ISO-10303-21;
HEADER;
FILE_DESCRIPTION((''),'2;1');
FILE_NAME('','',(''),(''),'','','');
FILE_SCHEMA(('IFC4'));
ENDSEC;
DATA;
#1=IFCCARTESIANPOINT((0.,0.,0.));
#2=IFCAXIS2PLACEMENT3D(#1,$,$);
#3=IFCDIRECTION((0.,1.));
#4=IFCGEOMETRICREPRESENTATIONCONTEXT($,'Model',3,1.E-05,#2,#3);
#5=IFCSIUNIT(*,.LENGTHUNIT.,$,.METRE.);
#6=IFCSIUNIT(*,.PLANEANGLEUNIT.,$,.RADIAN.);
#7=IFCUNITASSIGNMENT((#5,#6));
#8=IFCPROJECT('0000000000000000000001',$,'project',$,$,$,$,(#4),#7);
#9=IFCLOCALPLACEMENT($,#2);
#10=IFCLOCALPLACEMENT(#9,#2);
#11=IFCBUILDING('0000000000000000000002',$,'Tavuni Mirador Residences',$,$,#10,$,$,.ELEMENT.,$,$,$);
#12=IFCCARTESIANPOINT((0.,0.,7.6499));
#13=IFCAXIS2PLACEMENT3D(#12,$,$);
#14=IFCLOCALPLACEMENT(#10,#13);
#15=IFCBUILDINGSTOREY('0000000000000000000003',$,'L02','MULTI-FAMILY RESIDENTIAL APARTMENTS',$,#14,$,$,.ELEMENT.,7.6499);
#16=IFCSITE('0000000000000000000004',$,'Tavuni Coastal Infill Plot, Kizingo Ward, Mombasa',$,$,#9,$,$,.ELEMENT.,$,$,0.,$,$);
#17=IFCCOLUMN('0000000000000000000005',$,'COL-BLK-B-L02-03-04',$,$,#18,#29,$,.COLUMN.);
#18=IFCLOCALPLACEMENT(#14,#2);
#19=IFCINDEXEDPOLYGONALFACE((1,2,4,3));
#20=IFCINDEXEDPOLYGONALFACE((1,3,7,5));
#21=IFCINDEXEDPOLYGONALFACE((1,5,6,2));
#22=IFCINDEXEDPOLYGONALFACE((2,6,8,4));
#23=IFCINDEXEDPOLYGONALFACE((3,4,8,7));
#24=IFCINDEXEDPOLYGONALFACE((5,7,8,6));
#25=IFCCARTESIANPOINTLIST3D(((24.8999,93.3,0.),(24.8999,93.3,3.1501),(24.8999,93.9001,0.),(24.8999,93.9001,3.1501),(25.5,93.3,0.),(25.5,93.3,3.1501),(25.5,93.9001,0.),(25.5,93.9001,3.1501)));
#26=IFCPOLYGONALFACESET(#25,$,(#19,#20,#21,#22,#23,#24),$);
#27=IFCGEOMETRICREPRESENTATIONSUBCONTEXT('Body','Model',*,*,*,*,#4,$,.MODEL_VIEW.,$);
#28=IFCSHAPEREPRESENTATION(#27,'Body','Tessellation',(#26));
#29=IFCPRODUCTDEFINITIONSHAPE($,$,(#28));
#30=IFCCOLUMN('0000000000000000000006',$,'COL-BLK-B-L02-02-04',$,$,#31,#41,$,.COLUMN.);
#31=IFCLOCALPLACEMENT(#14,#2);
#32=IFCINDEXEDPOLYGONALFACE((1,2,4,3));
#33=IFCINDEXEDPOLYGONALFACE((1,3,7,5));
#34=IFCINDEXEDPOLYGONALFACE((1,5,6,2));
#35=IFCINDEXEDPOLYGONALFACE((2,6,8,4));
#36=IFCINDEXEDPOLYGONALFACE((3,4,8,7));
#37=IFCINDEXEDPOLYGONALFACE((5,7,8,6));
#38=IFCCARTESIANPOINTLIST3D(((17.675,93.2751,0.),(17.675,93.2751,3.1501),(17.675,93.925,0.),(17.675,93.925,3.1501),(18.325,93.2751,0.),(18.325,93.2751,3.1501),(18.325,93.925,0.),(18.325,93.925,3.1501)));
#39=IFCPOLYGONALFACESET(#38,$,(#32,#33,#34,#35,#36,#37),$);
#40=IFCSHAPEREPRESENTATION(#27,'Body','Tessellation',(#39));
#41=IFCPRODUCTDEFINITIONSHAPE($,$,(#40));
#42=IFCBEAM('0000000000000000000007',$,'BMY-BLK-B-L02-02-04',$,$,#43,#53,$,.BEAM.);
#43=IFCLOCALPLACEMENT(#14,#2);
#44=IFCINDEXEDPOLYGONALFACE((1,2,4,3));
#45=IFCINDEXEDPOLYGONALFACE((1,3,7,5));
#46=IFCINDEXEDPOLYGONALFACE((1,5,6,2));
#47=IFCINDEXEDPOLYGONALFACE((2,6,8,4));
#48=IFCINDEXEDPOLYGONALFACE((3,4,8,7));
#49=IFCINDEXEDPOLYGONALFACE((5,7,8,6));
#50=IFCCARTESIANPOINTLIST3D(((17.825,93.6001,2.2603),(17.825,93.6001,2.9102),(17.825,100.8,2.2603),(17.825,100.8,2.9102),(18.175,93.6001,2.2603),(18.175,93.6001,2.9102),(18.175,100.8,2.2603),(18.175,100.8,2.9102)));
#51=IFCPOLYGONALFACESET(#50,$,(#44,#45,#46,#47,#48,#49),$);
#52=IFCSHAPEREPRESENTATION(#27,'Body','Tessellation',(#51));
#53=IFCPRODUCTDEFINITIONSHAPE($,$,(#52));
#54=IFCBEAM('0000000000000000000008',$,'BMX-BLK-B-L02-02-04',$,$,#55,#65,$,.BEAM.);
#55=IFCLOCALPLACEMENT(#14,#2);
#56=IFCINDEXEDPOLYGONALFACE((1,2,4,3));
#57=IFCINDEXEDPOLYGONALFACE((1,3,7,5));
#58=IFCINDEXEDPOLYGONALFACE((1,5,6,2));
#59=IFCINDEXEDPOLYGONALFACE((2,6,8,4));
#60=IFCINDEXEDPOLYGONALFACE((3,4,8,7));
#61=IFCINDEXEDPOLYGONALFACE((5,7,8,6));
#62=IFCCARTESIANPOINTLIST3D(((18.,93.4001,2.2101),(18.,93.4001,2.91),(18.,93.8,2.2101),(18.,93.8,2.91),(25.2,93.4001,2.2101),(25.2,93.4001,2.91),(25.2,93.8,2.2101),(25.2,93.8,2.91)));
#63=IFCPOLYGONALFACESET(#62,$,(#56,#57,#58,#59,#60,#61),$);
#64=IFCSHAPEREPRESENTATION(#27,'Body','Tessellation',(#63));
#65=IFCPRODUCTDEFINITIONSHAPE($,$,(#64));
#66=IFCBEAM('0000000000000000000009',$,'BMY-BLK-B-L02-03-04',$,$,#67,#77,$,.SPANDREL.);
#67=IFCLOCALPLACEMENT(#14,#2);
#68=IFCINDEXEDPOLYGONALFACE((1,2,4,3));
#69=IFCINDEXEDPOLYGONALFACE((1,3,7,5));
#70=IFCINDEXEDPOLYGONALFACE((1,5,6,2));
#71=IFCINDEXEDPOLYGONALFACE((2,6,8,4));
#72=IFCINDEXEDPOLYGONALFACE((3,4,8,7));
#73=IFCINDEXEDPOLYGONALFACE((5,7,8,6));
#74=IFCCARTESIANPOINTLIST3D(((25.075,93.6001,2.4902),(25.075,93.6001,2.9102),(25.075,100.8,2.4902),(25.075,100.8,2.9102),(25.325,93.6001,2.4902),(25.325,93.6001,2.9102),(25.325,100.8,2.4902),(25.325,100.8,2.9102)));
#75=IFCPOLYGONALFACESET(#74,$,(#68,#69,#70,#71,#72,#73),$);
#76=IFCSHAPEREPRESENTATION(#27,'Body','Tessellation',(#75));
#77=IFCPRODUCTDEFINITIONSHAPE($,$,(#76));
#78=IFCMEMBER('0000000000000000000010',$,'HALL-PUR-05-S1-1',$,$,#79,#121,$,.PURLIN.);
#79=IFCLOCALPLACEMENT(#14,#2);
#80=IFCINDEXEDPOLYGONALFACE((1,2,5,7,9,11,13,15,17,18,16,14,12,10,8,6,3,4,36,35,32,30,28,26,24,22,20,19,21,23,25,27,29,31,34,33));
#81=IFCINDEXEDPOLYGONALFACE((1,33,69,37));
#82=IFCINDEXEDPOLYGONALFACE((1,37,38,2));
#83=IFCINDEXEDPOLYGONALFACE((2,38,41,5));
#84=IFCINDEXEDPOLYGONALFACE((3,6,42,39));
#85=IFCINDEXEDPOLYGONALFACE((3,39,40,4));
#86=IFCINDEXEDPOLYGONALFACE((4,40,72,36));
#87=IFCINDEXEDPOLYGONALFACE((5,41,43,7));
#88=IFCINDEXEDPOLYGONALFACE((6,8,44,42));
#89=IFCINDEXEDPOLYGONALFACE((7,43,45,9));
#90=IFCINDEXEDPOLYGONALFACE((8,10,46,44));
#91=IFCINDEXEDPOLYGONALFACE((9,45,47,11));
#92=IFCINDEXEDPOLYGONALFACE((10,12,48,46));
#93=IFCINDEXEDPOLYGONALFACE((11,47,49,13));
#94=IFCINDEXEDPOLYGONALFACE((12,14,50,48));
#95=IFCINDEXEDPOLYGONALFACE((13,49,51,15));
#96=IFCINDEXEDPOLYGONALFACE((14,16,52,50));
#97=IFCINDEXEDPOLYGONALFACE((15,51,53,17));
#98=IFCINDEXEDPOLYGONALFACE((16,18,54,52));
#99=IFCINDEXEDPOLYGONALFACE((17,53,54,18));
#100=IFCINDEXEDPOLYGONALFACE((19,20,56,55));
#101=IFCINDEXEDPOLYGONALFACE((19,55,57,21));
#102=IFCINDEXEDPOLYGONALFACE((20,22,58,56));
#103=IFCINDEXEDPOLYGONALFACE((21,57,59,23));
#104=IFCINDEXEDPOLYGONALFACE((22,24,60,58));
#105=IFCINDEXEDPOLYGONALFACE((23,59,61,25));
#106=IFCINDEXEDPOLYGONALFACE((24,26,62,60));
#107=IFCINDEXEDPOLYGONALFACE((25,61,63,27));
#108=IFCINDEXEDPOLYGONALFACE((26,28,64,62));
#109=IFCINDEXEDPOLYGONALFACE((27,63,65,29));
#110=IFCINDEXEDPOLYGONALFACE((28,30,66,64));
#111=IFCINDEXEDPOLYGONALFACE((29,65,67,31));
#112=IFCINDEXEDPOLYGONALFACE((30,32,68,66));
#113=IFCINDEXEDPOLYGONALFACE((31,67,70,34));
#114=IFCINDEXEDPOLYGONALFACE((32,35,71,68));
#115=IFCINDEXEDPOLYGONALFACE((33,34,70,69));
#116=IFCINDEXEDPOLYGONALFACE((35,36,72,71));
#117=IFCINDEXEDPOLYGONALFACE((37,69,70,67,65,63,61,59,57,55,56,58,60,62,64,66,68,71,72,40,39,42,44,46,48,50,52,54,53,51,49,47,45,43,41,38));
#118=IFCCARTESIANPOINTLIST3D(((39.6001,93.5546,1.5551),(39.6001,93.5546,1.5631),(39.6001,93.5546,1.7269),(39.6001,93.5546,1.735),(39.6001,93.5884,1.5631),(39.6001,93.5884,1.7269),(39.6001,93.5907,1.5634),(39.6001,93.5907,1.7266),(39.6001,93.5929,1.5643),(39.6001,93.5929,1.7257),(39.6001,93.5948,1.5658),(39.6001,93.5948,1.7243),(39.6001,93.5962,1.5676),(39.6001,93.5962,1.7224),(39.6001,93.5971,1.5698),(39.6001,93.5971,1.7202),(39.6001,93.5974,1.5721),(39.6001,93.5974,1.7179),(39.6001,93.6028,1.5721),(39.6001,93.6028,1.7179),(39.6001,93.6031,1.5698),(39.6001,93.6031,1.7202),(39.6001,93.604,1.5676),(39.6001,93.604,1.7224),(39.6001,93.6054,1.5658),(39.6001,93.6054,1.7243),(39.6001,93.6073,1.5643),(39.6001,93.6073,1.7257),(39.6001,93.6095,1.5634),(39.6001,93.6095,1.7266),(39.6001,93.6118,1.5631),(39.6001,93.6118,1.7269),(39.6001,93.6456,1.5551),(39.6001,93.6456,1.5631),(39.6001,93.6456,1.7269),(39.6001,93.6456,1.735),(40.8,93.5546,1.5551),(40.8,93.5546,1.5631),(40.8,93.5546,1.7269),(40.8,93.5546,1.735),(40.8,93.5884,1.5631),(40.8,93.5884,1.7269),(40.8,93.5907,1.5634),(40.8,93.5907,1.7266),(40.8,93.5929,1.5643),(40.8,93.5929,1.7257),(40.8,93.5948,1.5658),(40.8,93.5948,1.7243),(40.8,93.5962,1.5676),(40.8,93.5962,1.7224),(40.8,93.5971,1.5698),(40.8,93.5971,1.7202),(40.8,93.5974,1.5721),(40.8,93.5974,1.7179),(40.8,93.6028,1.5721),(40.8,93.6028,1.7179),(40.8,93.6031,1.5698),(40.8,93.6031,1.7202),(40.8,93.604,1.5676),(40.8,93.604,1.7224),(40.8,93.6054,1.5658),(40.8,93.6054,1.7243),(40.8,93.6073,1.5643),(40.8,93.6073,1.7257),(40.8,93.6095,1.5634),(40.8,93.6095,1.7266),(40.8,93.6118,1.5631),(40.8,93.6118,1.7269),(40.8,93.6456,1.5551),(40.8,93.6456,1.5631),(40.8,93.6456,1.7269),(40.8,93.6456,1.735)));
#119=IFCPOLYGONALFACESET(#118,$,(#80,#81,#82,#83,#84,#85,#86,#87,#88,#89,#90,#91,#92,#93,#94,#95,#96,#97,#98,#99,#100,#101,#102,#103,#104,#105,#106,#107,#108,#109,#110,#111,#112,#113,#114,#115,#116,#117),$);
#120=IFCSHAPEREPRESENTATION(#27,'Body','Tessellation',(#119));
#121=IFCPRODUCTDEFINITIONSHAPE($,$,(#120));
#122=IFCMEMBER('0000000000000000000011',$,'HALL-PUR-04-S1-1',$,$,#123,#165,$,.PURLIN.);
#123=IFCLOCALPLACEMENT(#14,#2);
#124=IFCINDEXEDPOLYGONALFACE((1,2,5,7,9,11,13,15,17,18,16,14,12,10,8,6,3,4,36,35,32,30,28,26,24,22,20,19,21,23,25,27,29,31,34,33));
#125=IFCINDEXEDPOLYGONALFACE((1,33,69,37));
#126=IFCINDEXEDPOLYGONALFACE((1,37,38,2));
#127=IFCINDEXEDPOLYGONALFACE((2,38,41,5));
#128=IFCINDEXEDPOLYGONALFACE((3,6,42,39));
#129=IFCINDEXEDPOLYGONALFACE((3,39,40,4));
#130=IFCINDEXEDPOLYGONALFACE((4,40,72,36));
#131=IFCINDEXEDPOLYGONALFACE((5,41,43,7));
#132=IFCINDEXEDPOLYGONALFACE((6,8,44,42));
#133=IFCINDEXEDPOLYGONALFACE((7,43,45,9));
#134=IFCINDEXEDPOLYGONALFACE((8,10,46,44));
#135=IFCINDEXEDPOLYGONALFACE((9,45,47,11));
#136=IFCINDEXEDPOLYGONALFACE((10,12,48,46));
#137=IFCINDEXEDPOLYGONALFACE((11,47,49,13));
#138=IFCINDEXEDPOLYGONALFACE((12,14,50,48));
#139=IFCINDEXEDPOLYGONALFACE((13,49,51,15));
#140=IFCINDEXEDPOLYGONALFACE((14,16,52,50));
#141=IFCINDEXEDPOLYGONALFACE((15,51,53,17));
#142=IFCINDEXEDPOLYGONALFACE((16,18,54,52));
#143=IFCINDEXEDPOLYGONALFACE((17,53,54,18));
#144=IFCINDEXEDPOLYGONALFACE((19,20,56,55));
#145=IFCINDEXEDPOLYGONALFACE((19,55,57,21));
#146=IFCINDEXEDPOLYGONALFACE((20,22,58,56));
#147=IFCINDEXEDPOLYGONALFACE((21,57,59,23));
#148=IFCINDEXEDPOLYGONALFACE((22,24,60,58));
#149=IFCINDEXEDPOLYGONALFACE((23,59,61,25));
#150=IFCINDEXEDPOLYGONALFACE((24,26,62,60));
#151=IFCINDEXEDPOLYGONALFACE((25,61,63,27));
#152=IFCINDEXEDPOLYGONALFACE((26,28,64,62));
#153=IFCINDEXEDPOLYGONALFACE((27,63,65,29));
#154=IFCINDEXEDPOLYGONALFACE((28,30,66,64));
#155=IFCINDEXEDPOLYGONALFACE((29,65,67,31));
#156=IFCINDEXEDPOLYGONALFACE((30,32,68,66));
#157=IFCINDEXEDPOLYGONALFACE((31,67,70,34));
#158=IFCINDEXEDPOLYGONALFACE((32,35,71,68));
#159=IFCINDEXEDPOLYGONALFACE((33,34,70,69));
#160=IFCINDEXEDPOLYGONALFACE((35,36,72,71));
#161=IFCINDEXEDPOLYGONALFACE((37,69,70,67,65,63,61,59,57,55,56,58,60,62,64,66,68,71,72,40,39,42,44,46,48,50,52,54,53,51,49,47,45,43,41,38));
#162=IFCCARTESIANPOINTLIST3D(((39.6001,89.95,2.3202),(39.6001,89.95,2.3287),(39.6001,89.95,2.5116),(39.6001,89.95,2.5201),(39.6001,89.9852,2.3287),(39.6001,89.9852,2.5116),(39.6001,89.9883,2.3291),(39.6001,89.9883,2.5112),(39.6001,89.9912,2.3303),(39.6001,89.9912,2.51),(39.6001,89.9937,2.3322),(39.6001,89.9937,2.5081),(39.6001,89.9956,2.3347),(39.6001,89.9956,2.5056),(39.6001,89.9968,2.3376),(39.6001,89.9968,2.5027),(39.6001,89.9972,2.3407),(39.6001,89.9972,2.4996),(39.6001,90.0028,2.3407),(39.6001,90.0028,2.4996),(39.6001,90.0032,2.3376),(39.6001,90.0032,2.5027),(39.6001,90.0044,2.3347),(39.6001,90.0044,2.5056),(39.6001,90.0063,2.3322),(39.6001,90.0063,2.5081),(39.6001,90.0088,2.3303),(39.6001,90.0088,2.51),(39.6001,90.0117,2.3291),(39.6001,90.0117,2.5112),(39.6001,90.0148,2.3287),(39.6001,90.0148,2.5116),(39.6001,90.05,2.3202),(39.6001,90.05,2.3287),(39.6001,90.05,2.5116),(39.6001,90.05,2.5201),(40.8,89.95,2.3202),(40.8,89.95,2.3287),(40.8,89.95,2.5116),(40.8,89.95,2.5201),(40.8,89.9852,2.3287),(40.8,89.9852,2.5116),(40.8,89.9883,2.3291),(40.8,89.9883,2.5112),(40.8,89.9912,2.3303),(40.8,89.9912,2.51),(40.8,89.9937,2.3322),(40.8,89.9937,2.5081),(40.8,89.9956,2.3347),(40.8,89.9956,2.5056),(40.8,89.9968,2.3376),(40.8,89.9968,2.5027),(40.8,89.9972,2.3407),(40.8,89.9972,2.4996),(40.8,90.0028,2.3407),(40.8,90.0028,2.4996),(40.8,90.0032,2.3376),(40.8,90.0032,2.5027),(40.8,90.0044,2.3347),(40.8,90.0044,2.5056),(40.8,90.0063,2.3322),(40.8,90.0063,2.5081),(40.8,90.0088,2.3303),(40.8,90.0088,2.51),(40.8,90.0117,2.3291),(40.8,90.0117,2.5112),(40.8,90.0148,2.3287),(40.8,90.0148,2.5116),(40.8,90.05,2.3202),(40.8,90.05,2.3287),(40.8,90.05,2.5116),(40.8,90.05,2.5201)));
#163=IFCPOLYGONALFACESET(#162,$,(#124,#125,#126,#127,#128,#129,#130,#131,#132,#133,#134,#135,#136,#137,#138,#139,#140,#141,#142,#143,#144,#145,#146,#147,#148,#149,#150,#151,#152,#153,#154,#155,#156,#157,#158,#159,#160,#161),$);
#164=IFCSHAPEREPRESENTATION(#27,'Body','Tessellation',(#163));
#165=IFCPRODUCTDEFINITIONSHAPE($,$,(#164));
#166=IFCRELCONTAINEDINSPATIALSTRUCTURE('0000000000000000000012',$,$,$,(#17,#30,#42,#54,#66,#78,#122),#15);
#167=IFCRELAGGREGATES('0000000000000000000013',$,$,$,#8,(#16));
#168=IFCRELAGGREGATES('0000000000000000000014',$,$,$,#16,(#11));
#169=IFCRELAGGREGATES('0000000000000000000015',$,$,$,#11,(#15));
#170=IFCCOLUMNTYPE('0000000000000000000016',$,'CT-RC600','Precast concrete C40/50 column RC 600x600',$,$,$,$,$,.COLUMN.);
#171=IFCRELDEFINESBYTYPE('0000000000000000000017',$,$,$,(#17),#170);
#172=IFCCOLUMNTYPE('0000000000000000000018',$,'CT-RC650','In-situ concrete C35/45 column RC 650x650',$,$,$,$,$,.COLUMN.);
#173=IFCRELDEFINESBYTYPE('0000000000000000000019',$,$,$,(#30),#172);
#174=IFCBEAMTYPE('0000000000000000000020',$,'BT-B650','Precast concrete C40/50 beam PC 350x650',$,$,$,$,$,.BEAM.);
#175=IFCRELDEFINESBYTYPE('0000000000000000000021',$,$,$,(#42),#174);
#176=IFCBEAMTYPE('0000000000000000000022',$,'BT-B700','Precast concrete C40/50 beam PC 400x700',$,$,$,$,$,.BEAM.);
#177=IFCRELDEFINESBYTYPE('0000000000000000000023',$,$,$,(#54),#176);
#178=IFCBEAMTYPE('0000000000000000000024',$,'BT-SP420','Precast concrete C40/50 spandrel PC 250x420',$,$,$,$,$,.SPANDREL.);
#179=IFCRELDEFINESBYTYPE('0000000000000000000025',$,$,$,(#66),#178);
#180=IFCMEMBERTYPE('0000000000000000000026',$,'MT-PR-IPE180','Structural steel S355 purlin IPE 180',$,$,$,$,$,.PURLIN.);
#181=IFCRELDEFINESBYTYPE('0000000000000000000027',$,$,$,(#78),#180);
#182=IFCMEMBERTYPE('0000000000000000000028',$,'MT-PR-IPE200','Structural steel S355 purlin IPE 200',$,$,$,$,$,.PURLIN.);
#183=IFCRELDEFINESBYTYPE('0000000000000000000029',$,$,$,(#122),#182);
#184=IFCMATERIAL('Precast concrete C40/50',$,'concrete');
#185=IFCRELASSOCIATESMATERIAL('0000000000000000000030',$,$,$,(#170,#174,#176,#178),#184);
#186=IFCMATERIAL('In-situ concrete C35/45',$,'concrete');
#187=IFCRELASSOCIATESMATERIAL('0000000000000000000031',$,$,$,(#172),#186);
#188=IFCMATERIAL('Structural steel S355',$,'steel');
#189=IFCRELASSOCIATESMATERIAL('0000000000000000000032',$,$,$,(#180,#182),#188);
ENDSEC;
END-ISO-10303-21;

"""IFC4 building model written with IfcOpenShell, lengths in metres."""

from ifc_helpers import new_model, si_unit, direction, frame, origin, origin_2d, place, context, subcontext, project, spatial, rectangle, i_section, extrude, material, material_profile, profile_set, type_object, element, save


model = new_model("IFC4")

# Units and contexts
model_context = context("Model", 3, precision=1e-05, world=origin(), true_north=direction((0.0, 1.0)))
body_context = subcontext(model_context, "Body", "Model", "MODEL_VIEW")
ifc_project = project(units=[si_unit("LENGTHUNIT", "METRE"), si_unit("PLANEANGLEUNIT", "RADIAN")], contexts=[model_context])

# Site, building, storey
site_placement = place(None, origin())
site = spatial("IfcSite", under=ifc_project, at=site_placement, Name="Tavuni Coastal Infill Plot, Kizingo Ward, Mombasa", CompositionType="ELEMENT", RefElevation=0.0)
building_placement = place(site_placement, origin())
building = spatial("IfcBuilding", under=site, at=building_placement, Name="Tavuni Mirador Residences", CompositionType="ELEMENT")
storey_placement = place(building_placement, frame((0.0, 0.0, 7.6499)))
storey = spatial("IfcBuildingStorey", under=building, at=storey_placement, Name="L02", Description="MULTI-FAMILY RESIDENTIAL APARTMENTS", CompositionType="ELEMENT", Elevation=7.6499)

# Columns
ifc_material_1 = material(Name="Precast concrete C40/50", Category="concrete")
ifc_material_profile_1 = material_profile(ifc_material_1, rectangle(XDim=0.6001, YDim=0.6001, at=origin_2d()), Name="RC 600x600", Category="concrete")
ifc_profile_set_1 = profile_set([ifc_material_profile_1], Name="Precast concrete C40/50")
column_type_1 = type_object("IfcColumnType", Name="CT-RC600", Description="Precast concrete C40/50 column RC 600x600", PredefinedType="COLUMN", material=ifc_profile_set_1)
column_1_placement = place(storey_placement, frame((25.2, 93.6001, 0.0), z_axis=(0.0, 0.0, 1.0), x_axis=(1.0, 0.0, 0.0)))
element("IfcColumn", 1, at=column_1_placement, inside=storey, type_object=column_type_1, Name="COL-BLK-B-L02-03-04", PredefinedType="COLUMN", context=body_context, shape_type="SweptSolid", body=[
    extrude(rectangle(XDim=0.6001, YDim=0.6001, at=origin_2d()), origin(), (0.0, 0.0, 1.0), 3.1501),
])
ifc_material_2 = material(Name="In-situ concrete C35/45", Category="concrete")
ifc_material_profile_2 = material_profile(ifc_material_2, rectangle(XDim=0.6499, YDim=0.6499, at=origin_2d()), Name="RC 650x650", Category="concrete")
ifc_profile_set_2 = profile_set([ifc_material_profile_2], Name="In-situ concrete C35/45")
column_type_2 = type_object("IfcColumnType", Name="CT-RC650", Description="In-situ concrete C35/45 column RC 650x650", PredefinedType="COLUMN", material=ifc_profile_set_2)
column_2_placement = place(storey_placement, frame((18.0, 93.6001, 0.0), z_axis=(0.0, 0.0, 1.0), x_axis=(1.0, 0.0, 0.0)))
element("IfcColumn", 2, at=column_2_placement, inside=storey, type_object=column_type_2, Name="COL-BLK-B-L02-02-04", PredefinedType="COLUMN", context=body_context, shape_type="SweptSolid", body=[
    extrude(rectangle(XDim=0.6499, YDim=0.6499, at=origin_2d()), origin(), (0.0, 0.0, 1.0), 3.1501),
])

# Beams
ifc_material_profile_3 = material_profile(ifc_material_1, rectangle(XDim=0.3501, YDim=0.6499, at=origin_2d()), Name="PC 350x650", Category="concrete")
ifc_profile_set_3 = profile_set([ifc_material_profile_3], Name="Precast concrete C40/50")
beam_type_1 = type_object("IfcBeamType", Name="BT-B650", Description="Precast concrete C40/50 beam PC 350x650", PredefinedType="BEAM", material=ifc_profile_set_3)
beam_1_placement = place(storey_placement, frame((18.0, 93.6001, 2.5852), z_axis=(0.0, 1.0, 0.0), x_axis=(-1.0, 0.0, 0.0)))
element("IfcBeam", 3, at=beam_1_placement, inside=storey, type_object=beam_type_1, Name="BMY-BLK-B-L02-02-04", PredefinedType="BEAM", context=body_context, shape_type="SweptSolid", body=[
    extrude(rectangle(XDim=0.3501, YDim=0.6499, at=origin_2d()), origin(), (0.0, 0.0, 1.0), 7.2),
])
ifc_material_profile_4 = material_profile(ifc_material_1, rectangle(XDim=0.3999, YDim=0.7, at=origin_2d()), Name="PC 400x700", Category="concrete")
ifc_profile_set_4 = profile_set([ifc_material_profile_4], Name="Precast concrete C40/50")
beam_type_2 = type_object("IfcBeamType", Name="BT-B700", Description="Precast concrete C40/50 beam PC 400x700", PredefinedType="BEAM", material=ifc_profile_set_4)
beam_2_placement = place(storey_placement, frame((18.0, 93.6001, 2.5601), z_axis=(1.0, 0.0, 0.0), x_axis=(0.0, 1.0, 0.0)))
element("IfcBeam", 4, at=beam_2_placement, inside=storey, type_object=beam_type_2, Name="BMX-BLK-B-L02-02-04", PredefinedType="BEAM", context=body_context, shape_type="SweptSolid", body=[
    extrude(rectangle(XDim=0.3999, YDim=0.7, at=origin_2d()), origin(), (0.0, 0.0, 1.0), 7.2),
])
ifc_material_profile_5 = material_profile(ifc_material_1, rectangle(XDim=0.25, YDim=0.4199, at=origin_2d()), Name="PC 250x420", Category="concrete")
ifc_profile_set_5 = profile_set([ifc_material_profile_5], Name="Precast concrete C40/50")
beam_type_3 = type_object("IfcBeamType", Name="BT-SP420", Description="Precast concrete C40/50 spandrel PC 250x420", PredefinedType="SPANDREL", material=ifc_profile_set_5)
beam_3_placement = place(storey_placement, frame((25.2, 93.6001, 2.7002), z_axis=(0.0, 1.0, 0.0), x_axis=(-1.0, 0.0, 0.0)))
element("IfcBeam", 5, at=beam_3_placement, inside=storey, type_object=beam_type_3, Name="BMY-BLK-B-L02-03-04", PredefinedType="SPANDREL", context=body_context, shape_type="SweptSolid", body=[
    extrude(rectangle(XDim=0.25, YDim=0.4199, at=origin_2d()), origin(), (0.0, 0.0, 1.0), 7.2),
])

# Members
ifc_material_3 = material(Name="Structural steel S355", Category="steel")
ifc_material_profile_6 = material_profile(ifc_material_3, i_section(OverallWidth=0.0911, OverallDepth=0.1799, WebThickness=0.0054, FlangeThickness=0.0081, FilletRadius=0.009, at=origin_2d()), Name="IPE 180", Category="steel")
ifc_profile_set_6 = profile_set([ifc_material_profile_6], Name="Structural steel S355")
member_type_1 = type_object("IfcMemberType", Name="MT-PR-IPE180", Description="Structural steel S355 purlin IPE 180", PredefinedType="PURLIN", material=ifc_profile_set_6)
member_1_placement = place(storey_placement, frame((39.6001, 93.6001, 1.645), z_axis=(1.0, 0.0, 0.0), x_axis=(0.0, 1.0, 0.0)))
element("IfcMember", 6, at=member_1_placement, inside=storey, type_object=member_type_1, Name="HALL-PUR-05-S1-1", PredefinedType="PURLIN", context=body_context, shape_type="SweptSolid", body=[
    extrude(i_section(OverallWidth=0.0911, OverallDepth=0.1799, WebThickness=0.0054, FlangeThickness=0.0081, FilletRadius=0.009, at=origin_2d()), origin(), (0.0, 0.0, 1.0), 1.2),
])
ifc_material_profile_7 = material_profile(ifc_material_3, i_section(OverallWidth=0.1001, OverallDepth=0.2, WebThickness=0.0056, FlangeThickness=0.0085, FilletRadius=0.012, at=origin_2d()), Name="IPE 200", Category="steel")
ifc_profile_set_7 = profile_set([ifc_material_profile_7], Name="Structural steel S355")
member_type_2 = type_object("IfcMemberType", Name="MT-PR-IPE200", Description="Structural steel S355 purlin IPE 200", PredefinedType="PURLIN", material=ifc_profile_set_7)
member_2_placement = place(storey_placement, frame((39.6001, 90.0, 2.4202), z_axis=(1.0, 0.0, 0.0), x_axis=(0.0, 1.0, 0.0)))
element("IfcMember", 7, at=member_2_placement, inside=storey, type_object=member_type_2, Name="HALL-PUR-04-S1-1", PredefinedType="PURLIN", context=body_context, shape_type="SweptSolid", body=[
    extrude(i_section(OverallWidth=0.1001, OverallDepth=0.2, WebThickness=0.0056, FlangeThickness=0.0085, FilletRadius=0.012, at=origin_2d()), origin(), (0.0, 0.0, 1.0), 1.2),
])

save(model, "model.ifc")
